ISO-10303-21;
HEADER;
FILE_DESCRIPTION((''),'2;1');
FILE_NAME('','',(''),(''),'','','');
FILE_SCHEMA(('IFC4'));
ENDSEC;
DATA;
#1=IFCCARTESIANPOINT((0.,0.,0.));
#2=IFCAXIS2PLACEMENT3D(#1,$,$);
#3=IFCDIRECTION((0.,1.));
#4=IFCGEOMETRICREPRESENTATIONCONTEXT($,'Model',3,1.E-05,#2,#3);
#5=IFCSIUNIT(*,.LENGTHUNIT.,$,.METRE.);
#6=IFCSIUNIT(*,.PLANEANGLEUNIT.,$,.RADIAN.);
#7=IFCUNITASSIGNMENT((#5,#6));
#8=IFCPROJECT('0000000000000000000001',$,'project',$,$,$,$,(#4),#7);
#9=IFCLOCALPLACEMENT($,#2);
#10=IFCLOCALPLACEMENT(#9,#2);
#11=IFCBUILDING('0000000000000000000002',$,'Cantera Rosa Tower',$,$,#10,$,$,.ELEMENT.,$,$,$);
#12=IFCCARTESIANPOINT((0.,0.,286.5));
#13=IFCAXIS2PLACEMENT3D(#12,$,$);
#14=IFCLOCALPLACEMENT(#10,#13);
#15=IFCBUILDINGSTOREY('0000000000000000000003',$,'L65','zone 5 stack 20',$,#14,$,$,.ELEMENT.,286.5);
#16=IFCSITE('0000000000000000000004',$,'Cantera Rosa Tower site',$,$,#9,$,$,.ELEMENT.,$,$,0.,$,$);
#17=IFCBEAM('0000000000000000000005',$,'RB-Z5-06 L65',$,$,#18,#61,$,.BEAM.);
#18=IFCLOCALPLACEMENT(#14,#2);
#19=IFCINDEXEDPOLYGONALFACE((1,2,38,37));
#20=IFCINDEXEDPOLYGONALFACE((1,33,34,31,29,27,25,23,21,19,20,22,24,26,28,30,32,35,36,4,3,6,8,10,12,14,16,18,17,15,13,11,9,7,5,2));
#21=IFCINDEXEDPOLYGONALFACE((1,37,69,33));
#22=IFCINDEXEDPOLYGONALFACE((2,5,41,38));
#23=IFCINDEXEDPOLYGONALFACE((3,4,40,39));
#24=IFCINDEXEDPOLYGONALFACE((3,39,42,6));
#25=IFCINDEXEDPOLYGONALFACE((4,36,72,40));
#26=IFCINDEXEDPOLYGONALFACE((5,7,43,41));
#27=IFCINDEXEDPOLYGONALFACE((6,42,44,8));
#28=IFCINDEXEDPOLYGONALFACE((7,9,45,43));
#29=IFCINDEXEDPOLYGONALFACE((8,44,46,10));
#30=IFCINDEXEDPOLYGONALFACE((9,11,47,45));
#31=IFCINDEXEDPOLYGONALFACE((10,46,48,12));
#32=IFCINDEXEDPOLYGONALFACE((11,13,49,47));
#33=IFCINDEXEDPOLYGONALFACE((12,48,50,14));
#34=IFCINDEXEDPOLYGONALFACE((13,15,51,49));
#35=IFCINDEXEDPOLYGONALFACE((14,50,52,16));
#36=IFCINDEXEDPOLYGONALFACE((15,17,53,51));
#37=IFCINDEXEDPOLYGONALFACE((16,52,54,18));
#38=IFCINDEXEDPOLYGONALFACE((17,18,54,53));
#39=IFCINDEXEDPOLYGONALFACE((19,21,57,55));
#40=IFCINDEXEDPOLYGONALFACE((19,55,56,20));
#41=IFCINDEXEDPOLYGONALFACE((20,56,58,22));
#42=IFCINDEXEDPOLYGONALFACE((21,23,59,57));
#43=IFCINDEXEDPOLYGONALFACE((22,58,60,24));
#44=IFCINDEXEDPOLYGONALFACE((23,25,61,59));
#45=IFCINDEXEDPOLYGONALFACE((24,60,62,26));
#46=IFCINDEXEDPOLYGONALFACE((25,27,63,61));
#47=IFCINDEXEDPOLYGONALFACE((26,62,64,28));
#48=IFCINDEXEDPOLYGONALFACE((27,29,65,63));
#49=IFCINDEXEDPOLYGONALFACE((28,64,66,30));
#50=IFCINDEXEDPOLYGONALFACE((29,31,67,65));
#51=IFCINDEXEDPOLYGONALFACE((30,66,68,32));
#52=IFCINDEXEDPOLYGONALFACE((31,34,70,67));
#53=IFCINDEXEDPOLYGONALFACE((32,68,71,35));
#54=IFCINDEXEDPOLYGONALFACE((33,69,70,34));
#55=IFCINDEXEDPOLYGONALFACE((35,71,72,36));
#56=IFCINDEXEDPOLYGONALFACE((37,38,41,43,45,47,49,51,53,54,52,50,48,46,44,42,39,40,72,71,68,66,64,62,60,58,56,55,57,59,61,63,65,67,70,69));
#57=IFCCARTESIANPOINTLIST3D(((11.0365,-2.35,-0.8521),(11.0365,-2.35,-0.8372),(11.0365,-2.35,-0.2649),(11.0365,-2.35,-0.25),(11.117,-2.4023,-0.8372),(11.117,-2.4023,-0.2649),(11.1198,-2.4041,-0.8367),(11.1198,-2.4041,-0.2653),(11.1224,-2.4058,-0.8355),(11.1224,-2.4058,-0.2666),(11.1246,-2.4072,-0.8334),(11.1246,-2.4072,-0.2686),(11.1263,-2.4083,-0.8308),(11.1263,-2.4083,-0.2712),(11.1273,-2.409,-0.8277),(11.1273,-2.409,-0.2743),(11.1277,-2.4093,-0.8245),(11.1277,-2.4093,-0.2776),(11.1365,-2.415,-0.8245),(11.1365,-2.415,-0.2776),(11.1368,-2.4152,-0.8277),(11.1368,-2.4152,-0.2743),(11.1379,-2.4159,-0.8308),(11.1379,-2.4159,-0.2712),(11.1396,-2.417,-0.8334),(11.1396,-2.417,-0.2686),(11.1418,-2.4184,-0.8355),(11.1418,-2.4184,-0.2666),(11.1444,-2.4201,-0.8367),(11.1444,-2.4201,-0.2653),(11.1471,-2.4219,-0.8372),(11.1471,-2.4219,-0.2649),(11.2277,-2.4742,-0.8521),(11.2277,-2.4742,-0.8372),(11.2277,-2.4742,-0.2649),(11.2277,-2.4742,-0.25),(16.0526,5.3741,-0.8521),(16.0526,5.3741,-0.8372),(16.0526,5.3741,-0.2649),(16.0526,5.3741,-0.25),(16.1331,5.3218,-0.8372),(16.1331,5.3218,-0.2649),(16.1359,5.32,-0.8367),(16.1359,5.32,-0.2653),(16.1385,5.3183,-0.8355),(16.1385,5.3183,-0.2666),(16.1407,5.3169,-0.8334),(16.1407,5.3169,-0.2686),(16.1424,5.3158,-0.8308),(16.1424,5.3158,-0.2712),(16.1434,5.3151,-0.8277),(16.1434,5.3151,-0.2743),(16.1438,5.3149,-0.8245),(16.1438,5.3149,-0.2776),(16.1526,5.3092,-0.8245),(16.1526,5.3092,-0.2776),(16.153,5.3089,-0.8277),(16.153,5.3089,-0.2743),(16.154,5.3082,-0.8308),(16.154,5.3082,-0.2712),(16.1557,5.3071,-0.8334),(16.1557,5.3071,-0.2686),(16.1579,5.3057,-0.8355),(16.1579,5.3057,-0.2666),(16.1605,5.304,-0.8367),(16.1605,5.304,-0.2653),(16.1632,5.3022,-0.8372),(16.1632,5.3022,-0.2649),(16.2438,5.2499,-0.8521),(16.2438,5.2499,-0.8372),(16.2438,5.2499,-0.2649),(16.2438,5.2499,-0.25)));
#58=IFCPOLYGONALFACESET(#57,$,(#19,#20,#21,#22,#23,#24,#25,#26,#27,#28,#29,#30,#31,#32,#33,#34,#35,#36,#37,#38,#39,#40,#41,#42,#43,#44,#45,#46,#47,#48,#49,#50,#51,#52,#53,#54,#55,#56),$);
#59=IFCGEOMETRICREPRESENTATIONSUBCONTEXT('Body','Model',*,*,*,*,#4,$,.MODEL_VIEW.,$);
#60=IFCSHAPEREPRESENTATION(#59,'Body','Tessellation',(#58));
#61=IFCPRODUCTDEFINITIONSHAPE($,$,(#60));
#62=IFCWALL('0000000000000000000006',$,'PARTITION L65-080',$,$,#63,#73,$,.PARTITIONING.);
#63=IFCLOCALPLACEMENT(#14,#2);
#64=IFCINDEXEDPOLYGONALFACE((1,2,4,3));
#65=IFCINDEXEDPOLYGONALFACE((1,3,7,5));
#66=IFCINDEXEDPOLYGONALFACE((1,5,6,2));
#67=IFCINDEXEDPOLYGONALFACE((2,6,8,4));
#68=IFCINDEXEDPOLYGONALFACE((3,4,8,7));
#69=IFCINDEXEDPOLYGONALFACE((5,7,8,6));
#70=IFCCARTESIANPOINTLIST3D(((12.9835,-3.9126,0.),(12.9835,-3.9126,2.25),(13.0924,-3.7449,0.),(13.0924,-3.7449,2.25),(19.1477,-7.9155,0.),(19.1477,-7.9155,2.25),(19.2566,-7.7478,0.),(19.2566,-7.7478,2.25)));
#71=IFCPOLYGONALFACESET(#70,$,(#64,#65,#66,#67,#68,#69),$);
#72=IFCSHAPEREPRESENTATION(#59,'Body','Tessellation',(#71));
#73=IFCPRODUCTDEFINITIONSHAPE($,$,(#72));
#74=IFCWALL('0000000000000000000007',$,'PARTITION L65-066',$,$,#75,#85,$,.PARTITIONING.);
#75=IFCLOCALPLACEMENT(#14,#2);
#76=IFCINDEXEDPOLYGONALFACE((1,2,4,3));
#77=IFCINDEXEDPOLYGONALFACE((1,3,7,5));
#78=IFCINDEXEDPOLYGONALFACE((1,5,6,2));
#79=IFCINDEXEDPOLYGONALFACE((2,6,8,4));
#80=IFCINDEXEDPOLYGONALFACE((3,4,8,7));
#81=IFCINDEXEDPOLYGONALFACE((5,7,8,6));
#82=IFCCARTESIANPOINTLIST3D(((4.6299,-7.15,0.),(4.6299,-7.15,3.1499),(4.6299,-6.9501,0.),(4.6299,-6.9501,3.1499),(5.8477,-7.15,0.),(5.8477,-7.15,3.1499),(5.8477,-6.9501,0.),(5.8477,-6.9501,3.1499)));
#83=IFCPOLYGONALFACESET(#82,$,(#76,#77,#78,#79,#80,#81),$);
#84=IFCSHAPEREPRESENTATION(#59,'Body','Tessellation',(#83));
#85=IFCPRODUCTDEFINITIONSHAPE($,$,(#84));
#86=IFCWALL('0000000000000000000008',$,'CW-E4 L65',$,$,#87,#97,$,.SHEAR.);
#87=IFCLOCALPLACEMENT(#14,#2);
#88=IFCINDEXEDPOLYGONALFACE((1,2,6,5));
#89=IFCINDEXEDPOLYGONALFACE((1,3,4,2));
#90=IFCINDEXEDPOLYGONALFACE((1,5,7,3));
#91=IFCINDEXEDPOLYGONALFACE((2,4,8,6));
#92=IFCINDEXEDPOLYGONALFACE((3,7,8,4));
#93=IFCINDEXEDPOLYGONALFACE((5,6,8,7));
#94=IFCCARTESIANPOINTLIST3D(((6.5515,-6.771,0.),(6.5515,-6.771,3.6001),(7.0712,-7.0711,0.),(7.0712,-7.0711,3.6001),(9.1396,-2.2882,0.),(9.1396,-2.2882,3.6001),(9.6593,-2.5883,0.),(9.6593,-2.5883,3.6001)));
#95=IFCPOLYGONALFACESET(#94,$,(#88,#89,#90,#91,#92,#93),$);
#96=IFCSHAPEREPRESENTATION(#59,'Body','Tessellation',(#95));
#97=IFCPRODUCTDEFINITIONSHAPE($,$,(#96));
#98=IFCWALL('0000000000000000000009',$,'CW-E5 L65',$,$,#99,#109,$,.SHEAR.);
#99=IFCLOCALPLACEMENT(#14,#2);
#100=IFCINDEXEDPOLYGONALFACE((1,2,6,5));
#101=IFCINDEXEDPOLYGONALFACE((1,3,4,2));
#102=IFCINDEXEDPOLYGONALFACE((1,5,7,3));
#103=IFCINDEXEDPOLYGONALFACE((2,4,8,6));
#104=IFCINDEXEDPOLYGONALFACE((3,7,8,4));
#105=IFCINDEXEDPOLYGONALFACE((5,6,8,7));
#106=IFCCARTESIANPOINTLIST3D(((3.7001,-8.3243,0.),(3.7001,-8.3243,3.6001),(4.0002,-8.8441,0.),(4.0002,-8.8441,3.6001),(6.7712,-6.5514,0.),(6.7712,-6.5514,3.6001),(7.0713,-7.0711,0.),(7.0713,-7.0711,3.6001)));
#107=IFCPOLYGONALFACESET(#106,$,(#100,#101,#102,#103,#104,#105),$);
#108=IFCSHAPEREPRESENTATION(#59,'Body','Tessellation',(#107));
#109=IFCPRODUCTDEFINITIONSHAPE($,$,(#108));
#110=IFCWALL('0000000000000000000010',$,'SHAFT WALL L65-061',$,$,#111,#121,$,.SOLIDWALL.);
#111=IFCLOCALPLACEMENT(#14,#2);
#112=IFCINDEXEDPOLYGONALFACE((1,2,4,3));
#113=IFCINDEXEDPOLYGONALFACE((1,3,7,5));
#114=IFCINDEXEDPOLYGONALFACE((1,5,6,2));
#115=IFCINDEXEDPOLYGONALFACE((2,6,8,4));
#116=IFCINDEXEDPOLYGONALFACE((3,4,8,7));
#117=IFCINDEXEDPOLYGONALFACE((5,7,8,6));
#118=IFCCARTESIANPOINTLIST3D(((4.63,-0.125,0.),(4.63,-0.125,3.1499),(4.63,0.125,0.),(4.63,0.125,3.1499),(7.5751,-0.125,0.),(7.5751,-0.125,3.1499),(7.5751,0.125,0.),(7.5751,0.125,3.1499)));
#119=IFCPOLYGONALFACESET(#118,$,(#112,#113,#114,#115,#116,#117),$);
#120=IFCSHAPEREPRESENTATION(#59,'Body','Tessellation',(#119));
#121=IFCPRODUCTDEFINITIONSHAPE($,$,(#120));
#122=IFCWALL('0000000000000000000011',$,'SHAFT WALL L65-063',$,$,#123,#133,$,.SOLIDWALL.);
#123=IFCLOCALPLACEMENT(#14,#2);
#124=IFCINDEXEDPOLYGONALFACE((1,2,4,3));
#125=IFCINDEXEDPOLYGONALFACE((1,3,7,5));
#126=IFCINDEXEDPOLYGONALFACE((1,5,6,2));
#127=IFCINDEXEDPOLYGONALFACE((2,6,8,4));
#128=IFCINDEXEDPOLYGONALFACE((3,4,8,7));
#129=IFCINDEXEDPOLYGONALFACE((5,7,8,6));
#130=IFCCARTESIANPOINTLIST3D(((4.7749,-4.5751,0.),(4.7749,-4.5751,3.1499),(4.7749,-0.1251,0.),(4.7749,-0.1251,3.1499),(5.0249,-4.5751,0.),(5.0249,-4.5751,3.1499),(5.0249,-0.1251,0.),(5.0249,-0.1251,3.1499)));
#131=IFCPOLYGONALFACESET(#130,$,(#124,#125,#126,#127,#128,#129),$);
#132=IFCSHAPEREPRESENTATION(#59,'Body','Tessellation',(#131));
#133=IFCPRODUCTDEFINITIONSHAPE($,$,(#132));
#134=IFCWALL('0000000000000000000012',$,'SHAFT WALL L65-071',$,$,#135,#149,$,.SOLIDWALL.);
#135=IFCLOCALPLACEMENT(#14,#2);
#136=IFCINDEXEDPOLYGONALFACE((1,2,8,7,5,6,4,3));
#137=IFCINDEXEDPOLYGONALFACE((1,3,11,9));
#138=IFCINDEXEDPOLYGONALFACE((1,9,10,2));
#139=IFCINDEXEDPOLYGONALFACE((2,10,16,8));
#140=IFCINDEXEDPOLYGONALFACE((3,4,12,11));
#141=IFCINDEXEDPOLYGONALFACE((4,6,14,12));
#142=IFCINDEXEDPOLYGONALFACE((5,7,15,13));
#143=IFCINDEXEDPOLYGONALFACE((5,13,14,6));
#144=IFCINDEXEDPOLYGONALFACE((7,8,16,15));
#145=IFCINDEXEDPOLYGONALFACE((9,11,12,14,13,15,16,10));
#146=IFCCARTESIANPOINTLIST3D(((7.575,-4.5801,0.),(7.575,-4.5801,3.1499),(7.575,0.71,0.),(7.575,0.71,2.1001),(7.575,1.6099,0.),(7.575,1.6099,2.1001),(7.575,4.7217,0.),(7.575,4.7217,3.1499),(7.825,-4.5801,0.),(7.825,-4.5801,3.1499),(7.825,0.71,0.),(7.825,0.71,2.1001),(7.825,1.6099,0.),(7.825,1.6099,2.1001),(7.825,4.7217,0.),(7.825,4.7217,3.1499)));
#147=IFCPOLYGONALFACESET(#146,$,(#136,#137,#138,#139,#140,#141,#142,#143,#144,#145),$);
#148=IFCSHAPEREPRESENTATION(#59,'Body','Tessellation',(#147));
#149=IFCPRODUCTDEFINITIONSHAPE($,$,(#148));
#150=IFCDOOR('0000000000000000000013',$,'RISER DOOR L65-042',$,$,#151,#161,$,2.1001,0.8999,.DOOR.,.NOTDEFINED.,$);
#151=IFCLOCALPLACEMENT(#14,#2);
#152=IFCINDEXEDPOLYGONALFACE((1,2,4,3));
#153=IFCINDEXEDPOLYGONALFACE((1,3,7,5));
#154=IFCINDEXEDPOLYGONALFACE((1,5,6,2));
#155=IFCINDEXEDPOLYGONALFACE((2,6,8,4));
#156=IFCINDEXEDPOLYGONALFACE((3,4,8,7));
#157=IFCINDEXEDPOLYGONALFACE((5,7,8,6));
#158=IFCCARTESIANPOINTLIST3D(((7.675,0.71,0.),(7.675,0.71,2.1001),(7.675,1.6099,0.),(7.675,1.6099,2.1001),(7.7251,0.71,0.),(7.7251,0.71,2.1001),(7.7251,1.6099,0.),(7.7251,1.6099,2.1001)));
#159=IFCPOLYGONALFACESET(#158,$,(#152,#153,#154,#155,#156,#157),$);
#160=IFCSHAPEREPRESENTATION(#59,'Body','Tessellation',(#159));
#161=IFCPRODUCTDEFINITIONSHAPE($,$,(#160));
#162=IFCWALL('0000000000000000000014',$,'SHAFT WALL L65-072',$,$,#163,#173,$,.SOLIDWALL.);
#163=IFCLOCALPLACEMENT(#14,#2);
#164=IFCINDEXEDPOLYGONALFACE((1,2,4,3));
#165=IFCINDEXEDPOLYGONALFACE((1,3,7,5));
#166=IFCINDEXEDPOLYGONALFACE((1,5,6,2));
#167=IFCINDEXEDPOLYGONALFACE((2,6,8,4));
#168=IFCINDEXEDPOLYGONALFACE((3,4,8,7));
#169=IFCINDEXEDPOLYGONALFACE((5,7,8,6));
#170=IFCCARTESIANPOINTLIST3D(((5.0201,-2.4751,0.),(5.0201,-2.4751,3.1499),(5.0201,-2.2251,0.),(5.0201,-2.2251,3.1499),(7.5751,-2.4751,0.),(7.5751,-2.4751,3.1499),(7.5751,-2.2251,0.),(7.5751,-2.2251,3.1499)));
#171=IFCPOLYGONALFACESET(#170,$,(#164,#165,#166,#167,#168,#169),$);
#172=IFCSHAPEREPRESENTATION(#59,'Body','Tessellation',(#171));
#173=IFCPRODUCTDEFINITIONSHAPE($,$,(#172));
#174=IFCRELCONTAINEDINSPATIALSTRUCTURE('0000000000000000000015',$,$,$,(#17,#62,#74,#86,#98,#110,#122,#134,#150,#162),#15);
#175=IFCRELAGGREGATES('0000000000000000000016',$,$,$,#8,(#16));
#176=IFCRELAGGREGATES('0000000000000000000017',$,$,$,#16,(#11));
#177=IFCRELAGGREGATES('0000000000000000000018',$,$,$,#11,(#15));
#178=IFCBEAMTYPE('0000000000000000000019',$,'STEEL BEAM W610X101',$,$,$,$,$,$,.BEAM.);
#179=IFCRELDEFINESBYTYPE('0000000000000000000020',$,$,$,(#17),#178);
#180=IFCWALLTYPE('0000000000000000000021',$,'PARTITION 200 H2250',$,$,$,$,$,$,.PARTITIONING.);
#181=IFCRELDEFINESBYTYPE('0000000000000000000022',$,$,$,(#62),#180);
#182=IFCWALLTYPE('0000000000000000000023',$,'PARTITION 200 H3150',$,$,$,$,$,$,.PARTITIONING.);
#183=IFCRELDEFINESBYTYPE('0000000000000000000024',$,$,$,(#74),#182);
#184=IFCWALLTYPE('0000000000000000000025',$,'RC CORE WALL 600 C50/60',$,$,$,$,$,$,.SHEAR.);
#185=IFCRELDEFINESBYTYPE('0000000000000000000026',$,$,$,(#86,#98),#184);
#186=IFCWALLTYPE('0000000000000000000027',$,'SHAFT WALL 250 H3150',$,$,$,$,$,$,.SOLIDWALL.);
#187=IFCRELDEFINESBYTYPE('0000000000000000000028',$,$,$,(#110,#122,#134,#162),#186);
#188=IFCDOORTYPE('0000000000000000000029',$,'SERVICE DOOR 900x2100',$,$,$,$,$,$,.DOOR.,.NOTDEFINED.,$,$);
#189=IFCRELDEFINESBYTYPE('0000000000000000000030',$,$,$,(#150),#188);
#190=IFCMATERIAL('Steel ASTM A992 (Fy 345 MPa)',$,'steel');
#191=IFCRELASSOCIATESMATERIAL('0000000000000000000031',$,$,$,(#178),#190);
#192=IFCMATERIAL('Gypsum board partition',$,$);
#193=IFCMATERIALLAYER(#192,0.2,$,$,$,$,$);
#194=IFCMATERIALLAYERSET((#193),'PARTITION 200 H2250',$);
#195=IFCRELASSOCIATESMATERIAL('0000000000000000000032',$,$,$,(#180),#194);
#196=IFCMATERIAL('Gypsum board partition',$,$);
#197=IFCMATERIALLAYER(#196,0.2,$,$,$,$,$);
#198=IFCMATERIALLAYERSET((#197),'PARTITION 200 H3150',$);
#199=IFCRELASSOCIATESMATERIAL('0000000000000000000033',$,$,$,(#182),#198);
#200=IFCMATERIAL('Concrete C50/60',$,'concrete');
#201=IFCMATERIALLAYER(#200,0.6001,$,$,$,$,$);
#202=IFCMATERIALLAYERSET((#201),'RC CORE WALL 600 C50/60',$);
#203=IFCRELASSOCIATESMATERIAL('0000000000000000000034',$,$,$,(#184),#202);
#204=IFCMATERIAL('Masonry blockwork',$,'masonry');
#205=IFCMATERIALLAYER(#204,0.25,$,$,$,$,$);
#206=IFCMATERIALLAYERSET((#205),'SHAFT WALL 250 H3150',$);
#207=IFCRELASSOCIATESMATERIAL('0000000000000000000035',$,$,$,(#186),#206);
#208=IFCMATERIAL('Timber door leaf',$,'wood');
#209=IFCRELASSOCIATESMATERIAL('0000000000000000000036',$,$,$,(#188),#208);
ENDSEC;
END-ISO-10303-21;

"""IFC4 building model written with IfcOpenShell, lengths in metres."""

from ifc_helpers import new_model, si_unit, direction, frame, frame_2d, origin, origin_2d, place, context, subcontext, project, spatial, rectangle, i_section, extrude, material, layer, layer_set, material_profile, profile_set, type_object, element, fill, save


model = new_model("IFC4")

# Units and contexts
model_context = context("Model", 3, precision=1e-05, world=origin(), true_north=direction((0.0, 1.0)))
body_context = subcontext(model_context, "Body", "Model", "MODEL_VIEW")
ifc_project = project(units=[si_unit("LENGTHUNIT", "METRE"), si_unit("PLANEANGLEUNIT", "RADIAN")], contexts=[model_context])

# Site, building, storey
site_placement = place(None, origin())
site = spatial("IfcSite", under=ifc_project, at=site_placement, Name="Cantera Rosa Tower site", CompositionType="ELEMENT", RefElevation=0.0)
building_placement = place(site_placement, origin())
building = spatial("IfcBuilding", under=site, at=building_placement, Name="Cantera Rosa Tower", CompositionType="ELEMENT")
storey_placement = place(building_placement, frame((0.0, 0.0, 286.5)))
storey = spatial("IfcBuildingStorey", under=building, at=storey_placement, Name="L65", Description="zone 5 stack 20", CompositionType="ELEMENT", Elevation=286.5)

# Beam
ifc_material_1 = material(Name="Steel ASTM A992 (Fy 345 MPa)", Category="steel")
ifc_material_profile = material_profile(ifc_material_1, i_section(OverallWidth=0.228, OverallDepth=0.6021, WebThickness=0.0105, FlangeThickness=0.0149, FilletRadius=0.0127, at=origin_2d()), Name="W610X101")
ifc_profile_set = profile_set([ifc_material_profile], Name="Steel ASTM A992 (Fy 345 MPa)")
beam_type = type_object("IfcBeamType", Name="STEEL BEAM W610X101", PredefinedType="BEAM", material=ifc_profile_set)
beam_placement = place(storey_placement, frame((11.1321, -2.4121, -0.551), z_axis=(0.54464, 0.83867, 0.0), x_axis=(-0.83867, 0.54464, 0.0)))
element("IfcBeam", 1, at=beam_placement, inside=storey, type_object=beam_type, Name="RB-Z5-06 L65", PredefinedType="BEAM", context=body_context, shape_type="SweptSolid", body=[
    extrude(i_section(OverallWidth=0.228, OverallDepth=0.6021, WebThickness=0.0105, FlangeThickness=0.0149, FilletRadius=0.0127, at=origin_2d()), origin(), (0.0, 0.0, 1.0), 9.21),
])

# Walls
ifc_material_2 = material(Name="Gypsum board partition")
ifc_layer_1 = layer(ifc_material_2, 0.2)
ifc_layer_set_1 = layer_set([ifc_layer_1], Name="PARTITION 200 H2250")
wall_type_1 = type_object("IfcWallType", Name="PARTITION 200 H2250", PredefinedType="PARTITIONING", material=ifc_layer_set_1)
wall_1_placement = place(storey_placement, frame((13.0381, -3.8289, 0.0), z_axis=(0.0, 0.0, 1.0), x_axis=(0.838684, -0.544618, 0.0)))
element("IfcWall", 2, at=wall_1_placement, inside=storey, type_object=wall_type_1, Name="PARTITION L65-080", PredefinedType="PARTITIONING", context=body_context, shape_type="SweptSolid", body=[
    extrude(rectangle(XDim=7.3499, YDim=0.2, at=frame_2d((3.6748, 0.0))), origin(), (0.0, 0.0, 1.0), 2.25),
])
ifc_material_3 = material(Name="Gypsum board partition")
ifc_layer_2 = layer(ifc_material_3, 0.2)
ifc_layer_set_2 = layer_set([ifc_layer_2], Name="PARTITION 200 H3150")
wall_type_2 = type_object("IfcWallType", Name="PARTITION 200 H3150", PredefinedType="PARTITIONING", material=ifc_layer_set_2)
wall_2_placement = place(storey_placement, frame((5.8477, -7.05, 0.0), z_axis=(0.0, 0.0, 1.0), x_axis=(-1.0, 0.0, 0.0)))
element("IfcWall", 3, at=wall_2_placement, inside=storey, type_object=wall_type_2, Name="PARTITION L65-066", PredefinedType="PARTITIONING", context=body_context, shape_type="SweptSolid", body=[
    extrude(rectangle(XDim=1.2178, YDim=0.2, at=frame_2d((0.6089, 0.0))), origin(), (0.0, 0.0, 1.0), 3.1499),
])
ifc_material_4 = material(Name="Concrete C50/60", Category="concrete")
ifc_layer_3 = layer(ifc_material_4, 0.6001)
ifc_layer_set_3 = layer_set([ifc_layer_3], Name="RC CORE WALL 600 C50/60")
wall_type_3 = type_object("IfcWallType", Name="RC CORE WALL 600 C50/60", PredefinedType="SHEAR", material=ifc_layer_set_3)
wall_3_placement = place(storey_placement, frame((9.3994, -2.4382, 0.0), z_axis=(0.0, 0.0, 1.0), x_axis=(-0.499989, -0.866032, 0.0)))
element("IfcWall", 4, at=wall_3_placement, inside=storey, type_object=wall_type_3, Name="CW-E4 L65", PredefinedType="SHEAR", context=body_context, shape_type="SweptSolid", body=[
    extrude(rectangle(XDim=5.1763, YDim=0.6001, at=frame_2d((2.5881, 0.0))), origin(), (0.0, 0.0, 1.0), 3.6001),
])
wall_4_placement = place(storey_placement, frame((6.9211, -6.8113, 0.0), z_axis=(0.0, 0.0, 1.0), x_axis=(-0.86604, -0.499975, 0.0)))
element("IfcWall", 5, at=wall_4_placement, inside=storey, type_object=wall_type_3, Name="CW-E5 L65", PredefinedType="SHEAR", context=body_context, shape_type="SweptSolid", body=[
    extrude(rectangle(XDim=3.5461, YDim=0.6001, at=frame_2d((1.7729, 0.0))), origin(), (0.0, 0.0, 1.0), 3.6001),
])
ifc_material_5 = material(Name="Masonry blockwork", Category="masonry")
ifc_layer_4 = layer(ifc_material_5, 0.25)
ifc_layer_set_4 = layer_set([ifc_layer_4], Name="SHAFT WALL 250 H3150")
wall_type_4 = type_object("IfcWallType", Name="SHAFT WALL 250 H3150", PredefinedType="SOLIDWALL", material=ifc_layer_set_4)
wall_5_placement = place(storey_placement, frame((4.6299, 0.0, 0.0), z_axis=(0.0, 0.0, 1.0), x_axis=(1.0, 0.0, 0.0)))
element("IfcWall", 6, at=wall_5_placement, inside=storey, type_object=wall_type_4, Name="SHAFT WALL L65-061", PredefinedType="SOLIDWALL", context=body_context, shape_type="SweptSolid", body=[
    extrude(rectangle(XDim=2.9451, YDim=0.25, at=frame_2d((1.4727, 0.0))), origin(), (0.0, 0.0, 1.0), 3.1499),
])
wall_6_placement = place(storey_placement, frame((4.8999, -0.125, 0.0), z_axis=(0.0, 0.0, 1.0), x_axis=(0.0, -1.0, 0.0)))
element("IfcWall", 7, at=wall_6_placement, inside=storey, type_object=wall_type_4, Name="SHAFT WALL L65-063", PredefinedType="SOLIDWALL", context=body_context, shape_type="SweptSolid", body=[
    extrude(rectangle(XDim=4.45, YDim=0.25, at=frame_2d((2.2251, 0.0))), origin(), (0.0, 0.0, 1.0), 3.1499),
])

# Wall, opening, door
wall_7_placement = place(storey_placement, frame((7.7, -4.5801, 0.0), z_axis=(0.0, 0.0, 1.0), x_axis=(0.0, 1.0, 0.0)))
wall_7 = element("IfcWall", 8, at=wall_7_placement, inside=storey, type_object=wall_type_4, Name="SHAFT WALL L65-071", PredefinedType="SOLIDWALL", context=body_context, shape_type="SweptSolid", body=[
    extrude(rectangle(XDim=9.3018, YDim=0.25, at=frame_2d((4.6509, 0.0))), origin(), (0.0, 0.0, 1.0), 3.1499),
])
opening_1_placement = place(wall_7_placement, frame((5.29, 0.0, 0.0)))
opening_1 = element("IfcOpeningElement", 9, at=opening_1_placement, cuts=wall_7, PredefinedType="OPENING", context=body_context, shape_type="SweptSolid", body=[
    extrude(rectangle(XDim=0.8999, YDim=2.1001, at=frame_2d((0.45, 1.05))), frame((0.0, 0.135, 0.0), z_axis=(0.0, -1.0, 0.0), x_axis=(1.0, 0.0, 0.0)), (0.0, 0.0, 1.0), 0.27),
])
ifc_material_6 = material(Name="Timber door leaf", Category="wood")
door_type_1 = type_object("IfcDoorType", Name="SERVICE DOOR 900x2100", OperationType="NOTDEFINED", PredefinedType="DOOR", material=ifc_material_6)
door_1_placement = place(opening_1_placement, origin())
door_1 = element("IfcDoor", 10, at=door_1_placement, inside=storey, type_object=door_type_1, Name="RISER DOOR L65-042", OperationType="NOTDEFINED", OverallHeight=2.1001, OverallWidth=0.8999, PredefinedType="DOOR", context=body_context, shape_type="SweptSolid", body=[
    extrude(rectangle(XDim=0.8999, YDim=2.1001, at=frame_2d((0.45, 1.05))), frame((0.0, 0.0249, 0.0), z_axis=(0.0, -1.0, 0.0), x_axis=(1.0, 0.0, 0.0)), (0.0, 0.0, 1.0), 0.05),
])
fill(opening_1, door_1)

# Wall
wall_8_placement = place(storey_placement, frame((7.575, -2.3501, 0.0), z_axis=(0.0, 0.0, 1.0), x_axis=(-1.0, 0.0, 0.0)))
element("IfcWall", 11, at=wall_8_placement, inside=storey, type_object=wall_type_4, Name="SHAFT WALL L65-072", PredefinedType="SOLIDWALL", context=body_context, shape_type="SweptSolid", body=[
    extrude(rectangle(XDim=2.5549, YDim=0.25, at=frame_2d((1.2773, 0.0))), origin(), (0.0, 0.0, 1.0), 3.1499),
])

save(model, "model.ifc")
